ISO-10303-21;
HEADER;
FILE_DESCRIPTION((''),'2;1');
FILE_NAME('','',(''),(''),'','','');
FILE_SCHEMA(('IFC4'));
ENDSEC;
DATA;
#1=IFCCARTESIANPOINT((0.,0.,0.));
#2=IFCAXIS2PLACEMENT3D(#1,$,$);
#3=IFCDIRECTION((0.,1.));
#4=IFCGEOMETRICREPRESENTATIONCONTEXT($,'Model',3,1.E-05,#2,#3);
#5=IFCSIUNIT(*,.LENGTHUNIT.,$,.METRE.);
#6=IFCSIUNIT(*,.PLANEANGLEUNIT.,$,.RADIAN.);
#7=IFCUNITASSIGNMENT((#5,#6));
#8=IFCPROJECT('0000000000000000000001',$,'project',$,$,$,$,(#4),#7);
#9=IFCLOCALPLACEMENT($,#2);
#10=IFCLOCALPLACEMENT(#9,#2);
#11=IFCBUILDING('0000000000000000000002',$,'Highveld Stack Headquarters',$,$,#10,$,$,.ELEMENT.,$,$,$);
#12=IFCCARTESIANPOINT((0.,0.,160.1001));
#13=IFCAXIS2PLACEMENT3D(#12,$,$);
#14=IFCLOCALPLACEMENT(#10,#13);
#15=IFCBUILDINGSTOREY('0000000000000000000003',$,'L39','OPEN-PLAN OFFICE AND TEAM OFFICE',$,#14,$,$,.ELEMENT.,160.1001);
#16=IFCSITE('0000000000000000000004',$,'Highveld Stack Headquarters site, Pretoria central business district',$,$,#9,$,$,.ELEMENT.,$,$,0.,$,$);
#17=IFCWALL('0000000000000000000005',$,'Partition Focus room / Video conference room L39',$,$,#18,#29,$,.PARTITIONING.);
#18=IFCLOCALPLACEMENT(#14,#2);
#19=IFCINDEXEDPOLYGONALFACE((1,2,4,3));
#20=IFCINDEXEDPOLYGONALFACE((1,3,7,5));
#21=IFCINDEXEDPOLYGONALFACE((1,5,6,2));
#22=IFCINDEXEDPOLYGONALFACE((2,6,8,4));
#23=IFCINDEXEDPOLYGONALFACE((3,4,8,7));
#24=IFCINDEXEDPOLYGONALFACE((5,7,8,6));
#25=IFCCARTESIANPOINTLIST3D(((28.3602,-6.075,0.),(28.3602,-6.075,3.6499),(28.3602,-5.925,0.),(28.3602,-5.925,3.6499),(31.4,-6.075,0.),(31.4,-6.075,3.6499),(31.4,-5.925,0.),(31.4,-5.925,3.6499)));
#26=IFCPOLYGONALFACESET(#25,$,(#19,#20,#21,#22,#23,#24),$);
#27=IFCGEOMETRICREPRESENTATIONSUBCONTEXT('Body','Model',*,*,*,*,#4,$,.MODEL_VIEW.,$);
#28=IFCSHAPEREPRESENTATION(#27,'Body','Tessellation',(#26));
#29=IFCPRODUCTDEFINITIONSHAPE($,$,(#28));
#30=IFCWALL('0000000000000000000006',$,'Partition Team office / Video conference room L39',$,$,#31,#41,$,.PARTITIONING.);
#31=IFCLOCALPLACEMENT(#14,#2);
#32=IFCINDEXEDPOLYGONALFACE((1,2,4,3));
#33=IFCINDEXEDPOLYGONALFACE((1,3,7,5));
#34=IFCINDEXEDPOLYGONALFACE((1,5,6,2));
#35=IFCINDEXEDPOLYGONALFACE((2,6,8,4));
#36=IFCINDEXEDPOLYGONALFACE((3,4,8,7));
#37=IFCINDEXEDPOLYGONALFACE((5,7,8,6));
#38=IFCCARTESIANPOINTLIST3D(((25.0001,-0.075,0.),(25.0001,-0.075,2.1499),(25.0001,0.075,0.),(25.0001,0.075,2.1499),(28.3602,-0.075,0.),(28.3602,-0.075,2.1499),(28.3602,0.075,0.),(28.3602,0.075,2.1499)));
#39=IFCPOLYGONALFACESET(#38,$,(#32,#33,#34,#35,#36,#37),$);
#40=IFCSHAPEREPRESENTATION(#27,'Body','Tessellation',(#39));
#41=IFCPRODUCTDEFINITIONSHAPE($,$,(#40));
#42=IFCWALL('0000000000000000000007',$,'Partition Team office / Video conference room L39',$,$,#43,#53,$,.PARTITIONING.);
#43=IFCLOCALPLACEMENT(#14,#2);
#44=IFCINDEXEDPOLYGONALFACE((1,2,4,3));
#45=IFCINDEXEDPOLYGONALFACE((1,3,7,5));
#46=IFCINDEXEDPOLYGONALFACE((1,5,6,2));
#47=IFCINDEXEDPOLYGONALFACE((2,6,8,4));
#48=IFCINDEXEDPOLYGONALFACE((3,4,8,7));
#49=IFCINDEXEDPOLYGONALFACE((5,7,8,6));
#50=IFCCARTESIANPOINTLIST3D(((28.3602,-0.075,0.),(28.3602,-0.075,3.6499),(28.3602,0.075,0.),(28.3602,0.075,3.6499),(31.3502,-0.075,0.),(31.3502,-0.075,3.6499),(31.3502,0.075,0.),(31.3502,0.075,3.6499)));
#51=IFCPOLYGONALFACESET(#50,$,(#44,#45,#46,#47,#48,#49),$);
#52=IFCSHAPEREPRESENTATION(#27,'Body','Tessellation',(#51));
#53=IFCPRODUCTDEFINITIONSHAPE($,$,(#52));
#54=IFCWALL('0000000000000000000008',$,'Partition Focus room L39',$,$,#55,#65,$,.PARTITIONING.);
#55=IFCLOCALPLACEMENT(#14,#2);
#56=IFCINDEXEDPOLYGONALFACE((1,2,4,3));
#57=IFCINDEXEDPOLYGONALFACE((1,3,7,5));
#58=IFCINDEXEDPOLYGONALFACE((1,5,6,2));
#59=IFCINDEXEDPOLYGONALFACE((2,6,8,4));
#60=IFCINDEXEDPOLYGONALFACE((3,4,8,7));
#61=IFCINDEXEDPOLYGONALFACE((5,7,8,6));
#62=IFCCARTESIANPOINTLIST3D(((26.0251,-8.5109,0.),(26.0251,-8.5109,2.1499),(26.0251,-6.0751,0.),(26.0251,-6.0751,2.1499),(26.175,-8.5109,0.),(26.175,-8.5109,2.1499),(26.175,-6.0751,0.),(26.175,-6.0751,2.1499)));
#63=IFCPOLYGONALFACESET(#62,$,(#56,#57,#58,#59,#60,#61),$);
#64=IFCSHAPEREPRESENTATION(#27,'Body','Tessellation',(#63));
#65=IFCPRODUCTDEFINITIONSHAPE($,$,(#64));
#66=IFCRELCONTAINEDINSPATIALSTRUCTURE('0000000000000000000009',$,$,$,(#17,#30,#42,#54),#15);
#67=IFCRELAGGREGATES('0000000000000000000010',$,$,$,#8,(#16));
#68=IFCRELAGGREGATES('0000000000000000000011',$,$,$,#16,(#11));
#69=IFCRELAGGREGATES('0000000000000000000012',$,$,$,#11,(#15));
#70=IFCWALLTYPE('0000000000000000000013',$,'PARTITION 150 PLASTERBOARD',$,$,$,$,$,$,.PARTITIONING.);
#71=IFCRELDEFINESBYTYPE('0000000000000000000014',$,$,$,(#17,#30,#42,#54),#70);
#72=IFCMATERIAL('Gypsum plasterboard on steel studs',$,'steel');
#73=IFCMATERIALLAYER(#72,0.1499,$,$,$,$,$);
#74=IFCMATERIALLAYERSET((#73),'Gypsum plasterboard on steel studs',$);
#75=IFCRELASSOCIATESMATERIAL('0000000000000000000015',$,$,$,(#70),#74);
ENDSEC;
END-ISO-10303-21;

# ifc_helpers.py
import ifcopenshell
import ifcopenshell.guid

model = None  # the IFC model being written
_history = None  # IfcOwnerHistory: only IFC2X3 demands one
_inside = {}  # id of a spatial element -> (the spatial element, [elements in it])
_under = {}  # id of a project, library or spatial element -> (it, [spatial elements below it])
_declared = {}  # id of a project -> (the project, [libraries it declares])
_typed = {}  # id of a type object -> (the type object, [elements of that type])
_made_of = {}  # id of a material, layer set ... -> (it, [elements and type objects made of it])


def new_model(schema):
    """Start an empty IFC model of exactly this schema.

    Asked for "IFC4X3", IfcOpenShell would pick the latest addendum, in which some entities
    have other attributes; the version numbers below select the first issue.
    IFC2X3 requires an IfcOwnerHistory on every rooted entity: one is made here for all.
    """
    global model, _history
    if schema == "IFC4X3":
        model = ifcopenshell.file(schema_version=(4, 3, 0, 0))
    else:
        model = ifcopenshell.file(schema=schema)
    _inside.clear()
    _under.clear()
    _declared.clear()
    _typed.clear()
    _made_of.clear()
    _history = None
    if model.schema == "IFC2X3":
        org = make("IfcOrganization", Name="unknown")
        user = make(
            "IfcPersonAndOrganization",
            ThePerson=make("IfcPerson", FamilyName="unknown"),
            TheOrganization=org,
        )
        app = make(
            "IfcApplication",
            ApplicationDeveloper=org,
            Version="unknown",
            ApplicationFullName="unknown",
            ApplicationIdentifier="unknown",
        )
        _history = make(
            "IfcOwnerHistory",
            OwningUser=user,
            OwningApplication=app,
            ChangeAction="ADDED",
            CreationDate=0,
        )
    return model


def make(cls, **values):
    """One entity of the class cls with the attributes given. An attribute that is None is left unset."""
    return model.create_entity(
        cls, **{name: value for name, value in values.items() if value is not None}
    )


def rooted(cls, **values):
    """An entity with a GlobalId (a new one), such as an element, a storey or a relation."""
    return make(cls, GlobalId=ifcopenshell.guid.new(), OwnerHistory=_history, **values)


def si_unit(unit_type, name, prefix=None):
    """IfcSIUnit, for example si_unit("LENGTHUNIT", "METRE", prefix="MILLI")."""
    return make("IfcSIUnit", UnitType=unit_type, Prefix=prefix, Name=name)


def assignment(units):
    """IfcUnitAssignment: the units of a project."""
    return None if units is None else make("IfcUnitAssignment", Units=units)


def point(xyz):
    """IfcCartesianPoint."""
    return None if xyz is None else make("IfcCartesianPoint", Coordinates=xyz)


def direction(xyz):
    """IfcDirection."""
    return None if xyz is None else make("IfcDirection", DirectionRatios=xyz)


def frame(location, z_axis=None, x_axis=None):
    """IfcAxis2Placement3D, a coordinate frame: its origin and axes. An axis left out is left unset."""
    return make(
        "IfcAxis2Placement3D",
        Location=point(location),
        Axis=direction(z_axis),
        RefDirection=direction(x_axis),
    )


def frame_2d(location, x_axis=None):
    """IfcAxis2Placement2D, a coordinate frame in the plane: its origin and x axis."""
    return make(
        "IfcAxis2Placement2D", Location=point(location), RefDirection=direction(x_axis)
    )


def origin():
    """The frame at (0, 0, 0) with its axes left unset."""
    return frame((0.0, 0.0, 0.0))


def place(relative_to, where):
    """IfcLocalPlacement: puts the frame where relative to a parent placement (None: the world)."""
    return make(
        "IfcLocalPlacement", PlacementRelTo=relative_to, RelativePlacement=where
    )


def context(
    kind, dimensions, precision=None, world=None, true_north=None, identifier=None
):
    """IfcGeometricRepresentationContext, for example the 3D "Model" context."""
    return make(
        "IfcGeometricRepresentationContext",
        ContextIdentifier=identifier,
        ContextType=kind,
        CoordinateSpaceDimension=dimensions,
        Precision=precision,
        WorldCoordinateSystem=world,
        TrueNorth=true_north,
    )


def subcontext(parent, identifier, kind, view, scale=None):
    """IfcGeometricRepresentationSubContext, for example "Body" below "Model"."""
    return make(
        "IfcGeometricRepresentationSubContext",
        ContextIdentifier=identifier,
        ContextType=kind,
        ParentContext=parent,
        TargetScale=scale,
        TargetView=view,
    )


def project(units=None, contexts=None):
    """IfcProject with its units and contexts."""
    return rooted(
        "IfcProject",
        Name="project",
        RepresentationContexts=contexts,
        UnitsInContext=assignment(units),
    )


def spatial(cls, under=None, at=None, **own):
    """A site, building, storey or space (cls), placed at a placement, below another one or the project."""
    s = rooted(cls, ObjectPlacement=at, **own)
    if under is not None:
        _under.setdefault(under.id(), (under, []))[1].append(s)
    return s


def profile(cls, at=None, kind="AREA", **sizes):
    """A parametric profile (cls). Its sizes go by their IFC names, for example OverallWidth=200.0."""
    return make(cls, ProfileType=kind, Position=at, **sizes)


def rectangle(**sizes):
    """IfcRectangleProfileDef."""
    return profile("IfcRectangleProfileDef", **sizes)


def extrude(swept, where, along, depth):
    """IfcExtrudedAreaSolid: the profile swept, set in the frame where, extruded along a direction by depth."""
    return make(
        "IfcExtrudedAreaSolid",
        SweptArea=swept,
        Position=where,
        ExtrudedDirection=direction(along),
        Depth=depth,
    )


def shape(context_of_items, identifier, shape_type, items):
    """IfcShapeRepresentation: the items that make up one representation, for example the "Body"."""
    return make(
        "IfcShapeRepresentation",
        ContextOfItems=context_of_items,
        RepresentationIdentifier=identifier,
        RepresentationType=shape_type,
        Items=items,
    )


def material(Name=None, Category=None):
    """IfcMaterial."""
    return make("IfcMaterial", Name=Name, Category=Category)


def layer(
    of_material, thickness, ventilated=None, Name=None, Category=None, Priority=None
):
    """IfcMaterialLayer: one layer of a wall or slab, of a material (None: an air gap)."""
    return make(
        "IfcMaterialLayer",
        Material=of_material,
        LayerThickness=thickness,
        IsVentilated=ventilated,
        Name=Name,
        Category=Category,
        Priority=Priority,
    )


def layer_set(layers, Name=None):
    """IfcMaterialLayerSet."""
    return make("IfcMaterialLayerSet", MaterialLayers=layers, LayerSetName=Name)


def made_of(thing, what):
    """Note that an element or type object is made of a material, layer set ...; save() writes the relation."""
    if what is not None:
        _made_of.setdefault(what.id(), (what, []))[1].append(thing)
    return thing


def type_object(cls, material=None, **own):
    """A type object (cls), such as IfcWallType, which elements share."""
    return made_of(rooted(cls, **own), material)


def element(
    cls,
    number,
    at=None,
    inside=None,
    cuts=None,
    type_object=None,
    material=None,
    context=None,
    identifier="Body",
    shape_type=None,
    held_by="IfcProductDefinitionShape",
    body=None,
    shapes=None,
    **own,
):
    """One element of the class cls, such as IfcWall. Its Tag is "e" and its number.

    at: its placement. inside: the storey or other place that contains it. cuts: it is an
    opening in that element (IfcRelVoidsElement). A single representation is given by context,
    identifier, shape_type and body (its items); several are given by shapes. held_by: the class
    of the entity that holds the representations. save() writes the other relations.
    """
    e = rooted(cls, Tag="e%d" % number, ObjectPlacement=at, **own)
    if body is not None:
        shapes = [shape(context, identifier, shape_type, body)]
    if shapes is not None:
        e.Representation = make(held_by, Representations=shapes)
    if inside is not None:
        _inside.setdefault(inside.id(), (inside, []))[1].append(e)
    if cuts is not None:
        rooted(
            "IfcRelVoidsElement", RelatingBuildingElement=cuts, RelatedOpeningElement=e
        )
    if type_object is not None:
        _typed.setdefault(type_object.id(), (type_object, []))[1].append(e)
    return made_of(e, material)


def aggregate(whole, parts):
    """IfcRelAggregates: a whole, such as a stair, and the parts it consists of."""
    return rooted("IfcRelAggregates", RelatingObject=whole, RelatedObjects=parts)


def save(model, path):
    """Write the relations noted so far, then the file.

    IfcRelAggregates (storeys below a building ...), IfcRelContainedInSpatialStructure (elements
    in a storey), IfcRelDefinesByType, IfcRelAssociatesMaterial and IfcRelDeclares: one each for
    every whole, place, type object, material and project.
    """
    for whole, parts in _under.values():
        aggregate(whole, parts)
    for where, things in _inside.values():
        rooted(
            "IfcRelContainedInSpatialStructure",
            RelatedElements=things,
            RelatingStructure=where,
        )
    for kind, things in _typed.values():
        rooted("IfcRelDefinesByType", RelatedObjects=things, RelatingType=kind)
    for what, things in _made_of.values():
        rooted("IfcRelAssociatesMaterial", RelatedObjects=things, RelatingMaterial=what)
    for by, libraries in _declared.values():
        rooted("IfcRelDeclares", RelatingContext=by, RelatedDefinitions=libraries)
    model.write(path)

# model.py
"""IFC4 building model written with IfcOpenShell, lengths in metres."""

from ifc_helpers import new_model, si_unit, direction, frame, frame_2d, origin, place, context, subcontext, project, spatial, rectangle, extrude, material, layer, layer_set, type_object, element, save


model = new_model("IFC4")

# Units and contexts
model_context = context("Model", 3, precision=1e-05, world=origin(), true_north=direction((0.0, 1.0)))
body_context = subcontext(model_context, "Body", "Model", "MODEL_VIEW")
ifc_project = project(units=[si_unit("LENGTHUNIT", "METRE"), si_unit("PLANEANGLEUNIT", "RADIAN")], contexts=[model_context])

# Site, building, storey
site_placement = place(None, origin())
site = spatial("IfcSite", under=ifc_project, at=site_placement, Name="Highveld Stack Headquarters site, Pretoria central business district", CompositionType="ELEMENT", RefElevation=0.0)
building_placement = place(site_placement, origin())
building = spatial("IfcBuilding", under=site, at=building_placement, Name="Highveld Stack Headquarters", CompositionType="ELEMENT")
storey_placement = place(building_placement, frame((0.0, 0.0, 160.1001)))
storey = spatial("IfcBuildingStorey", under=building, at=storey_placement, Name="L39", Description="OPEN-PLAN OFFICE AND TEAM OFFICE", CompositionType="ELEMENT", Elevation=160.1001)

# Walls
ifc_material_1 = material(Name="Gypsum plasterboard on steel studs", Category="steel")
ifc_layer_1 = layer(ifc_material_1, 0.1499)
ifc_layer_set_1 = layer_set([ifc_layer_1], Name="Gypsum plasterboard on steel studs")
wall_type_1 = type_object("IfcWallType", Name="PARTITION 150 PLASTERBOARD", PredefinedType="PARTITIONING", material=ifc_layer_set_1)
wall_1_placement = place(storey_placement, frame((28.3601, -6.0, 0.0), z_axis=(0.0, 0.0, 1.0), x_axis=(1.0, 0.0, 0.0)))
element("IfcWall", 1, at=wall_1_placement, inside=storey, type_object=wall_type_1, Name="Partition Focus room / Video conference room L39", PredefinedType="PARTITIONING", context=body_context, shape_type="SweptSolid", body=[
    extrude(rectangle(XDim=3.0398, YDim=0.1499, at=frame_2d((1.52, 0.0))), origin(), (0.0, 0.0, 1.0), 3.6499),
])
wall_2_placement = place(storey_placement, frame((25.0, 0.0, 0.0), z_axis=(0.0, 0.0, 1.0), x_axis=(1.0, 0.0, 0.0)))
element("IfcWall", 2, at=wall_2_placement, inside=storey, type_object=wall_type_1, Name="Partition Team office / Video conference room L39", PredefinedType="PARTITIONING", context=body_context, shape_type="SweptSolid", body=[
    extrude(rectangle(XDim=3.3601, YDim=0.1499, at=frame_2d((1.6802, 0.0))), origin(), (0.0, 0.0, 1.0), 2.1499),
])
wall_3_placement = place(storey_placement, frame((28.3601, 0.0, 0.0), z_axis=(0.0, 0.0, 1.0), x_axis=(1.0, 0.0, 0.0)))
element("IfcWall", 3, at=wall_3_placement, inside=storey, type_object=wall_type_1, Name="Partition Team office / Video conference room L39", PredefinedType="PARTITIONING", context=body_context, shape_type="SweptSolid", body=[
    extrude(rectangle(XDim=2.99, YDim=0.1499, at=frame_2d((1.4951, 0.0))), origin(), (0.0, 0.0, 1.0), 3.6499),
])
wall_4_placement = place(storey_placement, frame((26.1001, -8.5107, 0.0), z_axis=(0.0, 0.0, 1.0), x_axis=(0.0, 1.0, 0.0)))
element("IfcWall", 4, at=wall_4_placement, inside=storey, type_object=wall_type_1, Name="Partition Focus room L39", PredefinedType="PARTITIONING", context=body_context, shape_type="SweptSolid", body=[
    extrude(rectangle(XDim=2.4358, YDim=0.1499, at=frame_2d((1.2178, 0.0))), origin(), (0.0, 0.0, 1.0), 2.1499),
])

save(model, "model.ifc")
